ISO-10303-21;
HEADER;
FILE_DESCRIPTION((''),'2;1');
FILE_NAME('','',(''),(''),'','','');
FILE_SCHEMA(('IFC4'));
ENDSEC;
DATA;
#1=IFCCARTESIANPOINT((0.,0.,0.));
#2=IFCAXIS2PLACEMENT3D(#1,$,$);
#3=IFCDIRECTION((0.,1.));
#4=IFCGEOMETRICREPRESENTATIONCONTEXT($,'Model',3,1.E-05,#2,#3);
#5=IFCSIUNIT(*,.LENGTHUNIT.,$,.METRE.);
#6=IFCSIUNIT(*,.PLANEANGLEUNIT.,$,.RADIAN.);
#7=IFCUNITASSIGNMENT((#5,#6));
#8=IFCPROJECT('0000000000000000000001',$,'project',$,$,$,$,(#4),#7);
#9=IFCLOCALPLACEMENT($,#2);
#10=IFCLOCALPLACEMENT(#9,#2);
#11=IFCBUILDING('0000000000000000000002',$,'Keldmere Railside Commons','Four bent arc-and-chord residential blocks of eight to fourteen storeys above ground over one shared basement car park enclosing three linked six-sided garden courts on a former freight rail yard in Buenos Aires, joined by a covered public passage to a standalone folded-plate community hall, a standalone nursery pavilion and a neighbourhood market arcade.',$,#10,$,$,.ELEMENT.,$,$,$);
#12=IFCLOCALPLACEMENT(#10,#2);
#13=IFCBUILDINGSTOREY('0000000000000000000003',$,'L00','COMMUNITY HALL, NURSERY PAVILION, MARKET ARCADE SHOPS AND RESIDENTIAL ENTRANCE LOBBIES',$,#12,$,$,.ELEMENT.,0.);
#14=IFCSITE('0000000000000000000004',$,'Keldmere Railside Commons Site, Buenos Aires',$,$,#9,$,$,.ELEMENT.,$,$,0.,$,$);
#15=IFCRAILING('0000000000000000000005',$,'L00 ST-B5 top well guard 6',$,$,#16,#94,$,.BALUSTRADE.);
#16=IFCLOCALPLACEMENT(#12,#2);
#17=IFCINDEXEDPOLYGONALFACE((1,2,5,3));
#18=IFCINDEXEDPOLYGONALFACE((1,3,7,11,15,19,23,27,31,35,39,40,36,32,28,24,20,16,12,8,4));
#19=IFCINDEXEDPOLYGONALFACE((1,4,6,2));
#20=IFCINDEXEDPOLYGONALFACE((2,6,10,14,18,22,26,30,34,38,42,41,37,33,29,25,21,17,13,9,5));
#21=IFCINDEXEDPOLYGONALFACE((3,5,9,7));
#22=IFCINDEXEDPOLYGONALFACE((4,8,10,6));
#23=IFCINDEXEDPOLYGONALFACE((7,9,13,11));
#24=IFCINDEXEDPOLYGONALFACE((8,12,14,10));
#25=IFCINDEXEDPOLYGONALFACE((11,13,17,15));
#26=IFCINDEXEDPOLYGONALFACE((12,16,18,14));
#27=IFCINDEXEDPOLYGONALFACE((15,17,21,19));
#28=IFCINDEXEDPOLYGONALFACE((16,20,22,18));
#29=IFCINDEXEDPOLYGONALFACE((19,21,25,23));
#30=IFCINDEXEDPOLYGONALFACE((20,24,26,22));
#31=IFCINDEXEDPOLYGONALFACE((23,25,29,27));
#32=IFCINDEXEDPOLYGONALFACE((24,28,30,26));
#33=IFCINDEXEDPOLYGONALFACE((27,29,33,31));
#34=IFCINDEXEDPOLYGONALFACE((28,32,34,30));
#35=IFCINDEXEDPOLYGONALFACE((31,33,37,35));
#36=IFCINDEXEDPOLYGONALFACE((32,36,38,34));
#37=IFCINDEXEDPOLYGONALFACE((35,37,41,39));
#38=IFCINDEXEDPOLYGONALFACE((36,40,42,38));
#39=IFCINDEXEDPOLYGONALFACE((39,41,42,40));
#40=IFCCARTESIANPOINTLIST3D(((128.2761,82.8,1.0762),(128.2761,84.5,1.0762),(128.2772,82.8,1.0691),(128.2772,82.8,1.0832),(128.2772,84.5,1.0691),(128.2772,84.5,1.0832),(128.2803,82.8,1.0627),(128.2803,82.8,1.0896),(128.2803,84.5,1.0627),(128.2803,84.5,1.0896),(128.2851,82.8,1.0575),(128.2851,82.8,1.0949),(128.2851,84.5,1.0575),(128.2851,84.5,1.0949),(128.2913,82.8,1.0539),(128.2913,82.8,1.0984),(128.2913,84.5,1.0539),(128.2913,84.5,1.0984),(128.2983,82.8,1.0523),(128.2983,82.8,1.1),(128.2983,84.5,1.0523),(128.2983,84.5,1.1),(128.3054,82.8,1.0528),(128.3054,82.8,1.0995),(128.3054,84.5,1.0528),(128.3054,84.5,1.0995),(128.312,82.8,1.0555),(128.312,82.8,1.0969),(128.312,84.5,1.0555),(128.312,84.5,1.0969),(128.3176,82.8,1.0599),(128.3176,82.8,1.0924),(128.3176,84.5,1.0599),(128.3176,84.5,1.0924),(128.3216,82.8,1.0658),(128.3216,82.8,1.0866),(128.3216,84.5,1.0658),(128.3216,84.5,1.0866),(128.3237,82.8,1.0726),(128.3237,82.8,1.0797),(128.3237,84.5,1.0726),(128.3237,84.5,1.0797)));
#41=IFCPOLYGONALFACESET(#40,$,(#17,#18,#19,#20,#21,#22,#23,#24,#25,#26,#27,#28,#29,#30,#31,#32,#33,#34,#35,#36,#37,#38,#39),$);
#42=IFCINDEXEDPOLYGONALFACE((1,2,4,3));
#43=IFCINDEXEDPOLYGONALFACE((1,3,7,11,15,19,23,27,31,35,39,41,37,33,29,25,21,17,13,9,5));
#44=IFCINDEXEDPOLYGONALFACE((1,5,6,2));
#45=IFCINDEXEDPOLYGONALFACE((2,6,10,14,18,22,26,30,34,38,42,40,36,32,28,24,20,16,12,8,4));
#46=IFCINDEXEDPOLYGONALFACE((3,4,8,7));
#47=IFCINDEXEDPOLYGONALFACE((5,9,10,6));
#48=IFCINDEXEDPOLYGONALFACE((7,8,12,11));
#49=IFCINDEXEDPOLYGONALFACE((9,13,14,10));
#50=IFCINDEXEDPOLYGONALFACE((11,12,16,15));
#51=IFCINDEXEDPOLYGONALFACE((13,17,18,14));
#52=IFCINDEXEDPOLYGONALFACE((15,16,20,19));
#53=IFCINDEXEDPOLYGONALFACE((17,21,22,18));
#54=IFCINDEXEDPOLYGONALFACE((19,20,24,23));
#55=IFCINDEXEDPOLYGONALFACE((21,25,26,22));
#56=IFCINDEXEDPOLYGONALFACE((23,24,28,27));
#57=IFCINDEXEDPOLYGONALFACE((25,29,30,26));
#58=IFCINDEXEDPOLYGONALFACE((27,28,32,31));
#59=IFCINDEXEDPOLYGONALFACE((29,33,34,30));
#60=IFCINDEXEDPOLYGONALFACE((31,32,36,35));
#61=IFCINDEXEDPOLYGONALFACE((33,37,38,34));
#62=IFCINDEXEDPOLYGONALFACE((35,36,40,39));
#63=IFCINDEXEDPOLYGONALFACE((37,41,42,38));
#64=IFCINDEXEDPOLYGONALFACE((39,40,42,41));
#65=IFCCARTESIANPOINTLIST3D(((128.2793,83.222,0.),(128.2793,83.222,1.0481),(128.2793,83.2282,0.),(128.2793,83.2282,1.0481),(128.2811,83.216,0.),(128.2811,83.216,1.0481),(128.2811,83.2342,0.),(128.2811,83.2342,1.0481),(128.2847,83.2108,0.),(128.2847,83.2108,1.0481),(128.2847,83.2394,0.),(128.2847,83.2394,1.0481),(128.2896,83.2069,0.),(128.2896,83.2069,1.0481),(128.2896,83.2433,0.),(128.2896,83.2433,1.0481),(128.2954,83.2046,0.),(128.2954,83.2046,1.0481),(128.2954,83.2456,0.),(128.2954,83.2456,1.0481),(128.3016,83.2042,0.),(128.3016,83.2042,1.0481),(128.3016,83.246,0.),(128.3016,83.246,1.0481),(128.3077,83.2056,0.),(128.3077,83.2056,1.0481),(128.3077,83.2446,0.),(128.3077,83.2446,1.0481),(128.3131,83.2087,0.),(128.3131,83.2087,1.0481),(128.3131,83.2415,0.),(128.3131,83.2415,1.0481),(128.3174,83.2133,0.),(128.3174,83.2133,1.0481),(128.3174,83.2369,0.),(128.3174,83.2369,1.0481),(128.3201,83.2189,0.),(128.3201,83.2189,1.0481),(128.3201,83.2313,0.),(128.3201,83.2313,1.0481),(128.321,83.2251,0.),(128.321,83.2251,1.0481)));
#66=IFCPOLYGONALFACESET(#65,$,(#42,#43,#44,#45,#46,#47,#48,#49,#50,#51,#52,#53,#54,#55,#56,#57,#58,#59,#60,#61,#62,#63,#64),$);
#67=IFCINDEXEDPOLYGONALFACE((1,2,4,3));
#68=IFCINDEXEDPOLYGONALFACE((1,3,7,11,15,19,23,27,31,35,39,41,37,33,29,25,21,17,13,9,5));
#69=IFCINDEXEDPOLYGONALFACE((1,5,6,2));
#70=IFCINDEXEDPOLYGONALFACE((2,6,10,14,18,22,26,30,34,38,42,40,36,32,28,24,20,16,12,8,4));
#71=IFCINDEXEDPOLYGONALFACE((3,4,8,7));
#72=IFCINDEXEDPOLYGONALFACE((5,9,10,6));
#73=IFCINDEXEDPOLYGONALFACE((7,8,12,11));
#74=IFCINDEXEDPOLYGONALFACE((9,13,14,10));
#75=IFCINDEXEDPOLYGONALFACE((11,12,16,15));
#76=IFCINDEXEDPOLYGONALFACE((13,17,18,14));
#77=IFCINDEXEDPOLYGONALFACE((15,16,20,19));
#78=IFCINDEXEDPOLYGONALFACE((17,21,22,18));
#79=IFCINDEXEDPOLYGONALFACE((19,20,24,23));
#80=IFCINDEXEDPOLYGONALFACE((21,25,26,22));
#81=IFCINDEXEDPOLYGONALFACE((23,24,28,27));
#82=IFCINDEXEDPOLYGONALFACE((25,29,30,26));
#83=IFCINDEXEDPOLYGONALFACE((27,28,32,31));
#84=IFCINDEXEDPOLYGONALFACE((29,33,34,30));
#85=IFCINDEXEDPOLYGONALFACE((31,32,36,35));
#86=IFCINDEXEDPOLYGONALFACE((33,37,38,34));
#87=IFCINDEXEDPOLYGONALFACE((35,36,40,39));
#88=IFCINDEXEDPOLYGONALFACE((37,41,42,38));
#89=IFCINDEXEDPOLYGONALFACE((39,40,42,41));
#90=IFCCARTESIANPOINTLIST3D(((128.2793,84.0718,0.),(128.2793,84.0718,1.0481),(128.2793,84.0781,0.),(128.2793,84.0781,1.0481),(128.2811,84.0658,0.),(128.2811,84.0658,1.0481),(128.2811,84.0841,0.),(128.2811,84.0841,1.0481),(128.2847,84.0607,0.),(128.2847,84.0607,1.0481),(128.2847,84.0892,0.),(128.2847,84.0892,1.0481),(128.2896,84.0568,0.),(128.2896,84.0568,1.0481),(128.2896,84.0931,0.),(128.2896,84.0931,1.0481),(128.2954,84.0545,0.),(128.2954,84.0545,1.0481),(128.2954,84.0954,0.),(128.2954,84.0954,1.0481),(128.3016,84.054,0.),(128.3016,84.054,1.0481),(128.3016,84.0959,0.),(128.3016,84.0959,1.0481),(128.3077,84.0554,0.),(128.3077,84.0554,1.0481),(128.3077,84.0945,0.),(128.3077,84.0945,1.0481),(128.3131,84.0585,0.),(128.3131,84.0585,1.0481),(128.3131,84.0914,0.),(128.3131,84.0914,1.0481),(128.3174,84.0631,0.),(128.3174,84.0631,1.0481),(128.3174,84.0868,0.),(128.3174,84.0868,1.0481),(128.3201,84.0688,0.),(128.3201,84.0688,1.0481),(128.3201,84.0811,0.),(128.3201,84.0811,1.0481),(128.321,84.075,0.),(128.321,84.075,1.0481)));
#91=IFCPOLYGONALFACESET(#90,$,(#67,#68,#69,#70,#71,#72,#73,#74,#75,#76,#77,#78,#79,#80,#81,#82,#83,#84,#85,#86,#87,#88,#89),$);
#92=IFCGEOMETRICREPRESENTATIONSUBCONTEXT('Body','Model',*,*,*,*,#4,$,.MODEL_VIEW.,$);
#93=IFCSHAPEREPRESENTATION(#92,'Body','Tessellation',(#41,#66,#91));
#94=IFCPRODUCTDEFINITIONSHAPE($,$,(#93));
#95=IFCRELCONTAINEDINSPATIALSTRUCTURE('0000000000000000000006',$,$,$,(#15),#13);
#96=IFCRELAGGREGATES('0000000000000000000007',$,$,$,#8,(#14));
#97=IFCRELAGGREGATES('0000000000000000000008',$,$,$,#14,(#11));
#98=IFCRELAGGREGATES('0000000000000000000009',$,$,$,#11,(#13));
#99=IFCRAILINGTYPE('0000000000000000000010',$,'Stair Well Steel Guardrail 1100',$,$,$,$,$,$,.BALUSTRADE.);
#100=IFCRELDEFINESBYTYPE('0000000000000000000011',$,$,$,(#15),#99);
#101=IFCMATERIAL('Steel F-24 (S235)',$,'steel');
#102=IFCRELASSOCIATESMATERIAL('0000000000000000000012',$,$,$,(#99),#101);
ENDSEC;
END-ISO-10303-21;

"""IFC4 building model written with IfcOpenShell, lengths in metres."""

from ifc_helpers import new_model, si_unit, direction, frame, origin, origin_2d, place, context, subcontext, project, spatial, circle, extrude, material, type_object, element, save


model = new_model("IFC4")

# Units and contexts
model_context = context("Model", 3, precision=1e-05, world=origin(), true_north=direction((0.0, 1.0)))
body_context = subcontext(model_context, "Body", "Model", "MODEL_VIEW")
ifc_project = project(units=[si_unit("LENGTHUNIT", "METRE"), si_unit("PLANEANGLEUNIT", "RADIAN")], contexts=[model_context])

# Site, building, storey
site_placement = place(None, origin())
site = spatial("IfcSite", under=ifc_project, at=site_placement, Name="Keldmere Railside Commons Site, Buenos Aires", CompositionType="ELEMENT", RefElevation=0.0)
building_placement = place(site_placement, origin())
building = spatial("IfcBuilding", under=site, at=building_placement, Name="Keldmere Railside Commons", Description="Four bent arc-and-chord residential blocks of eight to fourteen storeys above ground over one shared basement car park enclosing three linked six-sided garden courts on a former freight rail yard in Buenos Aires, joined by a covered public passage to a standalone folded-plate community hall, a standalone nursery pavilion and a neighbourhood market arcade.", CompositionType="ELEMENT")
storey_placement = place(building_placement, origin())
storey = spatial("IfcBuildingStorey", under=building, at=storey_placement, Name="L00", Description="COMMUNITY HALL, NURSERY PAVILION, MARKET ARCADE SHOPS AND RESIDENTIAL ENTRANCE LOBBIES", CompositionType="ELEMENT", Elevation=0.0)

# Railing
ifc_material_1 = material(Name="Steel F-24 (S235)", Category="steel")
railing_type = type_object("IfcRailingType", Name="Stair Well Steel Guardrail 1100", PredefinedType="BALUSTRADE", material=ifc_material_1)
railing_1_placement = place(storey_placement, frame((128.3, 82.8, 0.0)))
element("IfcRailing", 1, at=railing_1_placement, inside=storey, type_object=railing_type, Name="L00 ST-B5 top well guard 6", PredefinedType="BALUSTRADE", context=body_context, shape_type="SweptSolid", body=[
    extrude(circle(Radius=0.0239, at=origin_2d()), frame((0.0, 0.0, 1.0762), z_axis=(0.0, 1.0, 0.0), x_axis=(-1.0, 0.0, 0.0)), (0.0, 0.0, 1.0), 1.7),
    extrude(circle(Radius=0.021, at=origin_2d()), frame((0.0, 0.425, 0.0)), (0.0, 0.0, 1.0), 1.0481),
    extrude(circle(Radius=0.021, at=origin_2d()), frame((0.0, 1.2749, 0.0)), (0.0, 0.0, 1.0), 1.0481),
])

save(model, "model.ifc")
